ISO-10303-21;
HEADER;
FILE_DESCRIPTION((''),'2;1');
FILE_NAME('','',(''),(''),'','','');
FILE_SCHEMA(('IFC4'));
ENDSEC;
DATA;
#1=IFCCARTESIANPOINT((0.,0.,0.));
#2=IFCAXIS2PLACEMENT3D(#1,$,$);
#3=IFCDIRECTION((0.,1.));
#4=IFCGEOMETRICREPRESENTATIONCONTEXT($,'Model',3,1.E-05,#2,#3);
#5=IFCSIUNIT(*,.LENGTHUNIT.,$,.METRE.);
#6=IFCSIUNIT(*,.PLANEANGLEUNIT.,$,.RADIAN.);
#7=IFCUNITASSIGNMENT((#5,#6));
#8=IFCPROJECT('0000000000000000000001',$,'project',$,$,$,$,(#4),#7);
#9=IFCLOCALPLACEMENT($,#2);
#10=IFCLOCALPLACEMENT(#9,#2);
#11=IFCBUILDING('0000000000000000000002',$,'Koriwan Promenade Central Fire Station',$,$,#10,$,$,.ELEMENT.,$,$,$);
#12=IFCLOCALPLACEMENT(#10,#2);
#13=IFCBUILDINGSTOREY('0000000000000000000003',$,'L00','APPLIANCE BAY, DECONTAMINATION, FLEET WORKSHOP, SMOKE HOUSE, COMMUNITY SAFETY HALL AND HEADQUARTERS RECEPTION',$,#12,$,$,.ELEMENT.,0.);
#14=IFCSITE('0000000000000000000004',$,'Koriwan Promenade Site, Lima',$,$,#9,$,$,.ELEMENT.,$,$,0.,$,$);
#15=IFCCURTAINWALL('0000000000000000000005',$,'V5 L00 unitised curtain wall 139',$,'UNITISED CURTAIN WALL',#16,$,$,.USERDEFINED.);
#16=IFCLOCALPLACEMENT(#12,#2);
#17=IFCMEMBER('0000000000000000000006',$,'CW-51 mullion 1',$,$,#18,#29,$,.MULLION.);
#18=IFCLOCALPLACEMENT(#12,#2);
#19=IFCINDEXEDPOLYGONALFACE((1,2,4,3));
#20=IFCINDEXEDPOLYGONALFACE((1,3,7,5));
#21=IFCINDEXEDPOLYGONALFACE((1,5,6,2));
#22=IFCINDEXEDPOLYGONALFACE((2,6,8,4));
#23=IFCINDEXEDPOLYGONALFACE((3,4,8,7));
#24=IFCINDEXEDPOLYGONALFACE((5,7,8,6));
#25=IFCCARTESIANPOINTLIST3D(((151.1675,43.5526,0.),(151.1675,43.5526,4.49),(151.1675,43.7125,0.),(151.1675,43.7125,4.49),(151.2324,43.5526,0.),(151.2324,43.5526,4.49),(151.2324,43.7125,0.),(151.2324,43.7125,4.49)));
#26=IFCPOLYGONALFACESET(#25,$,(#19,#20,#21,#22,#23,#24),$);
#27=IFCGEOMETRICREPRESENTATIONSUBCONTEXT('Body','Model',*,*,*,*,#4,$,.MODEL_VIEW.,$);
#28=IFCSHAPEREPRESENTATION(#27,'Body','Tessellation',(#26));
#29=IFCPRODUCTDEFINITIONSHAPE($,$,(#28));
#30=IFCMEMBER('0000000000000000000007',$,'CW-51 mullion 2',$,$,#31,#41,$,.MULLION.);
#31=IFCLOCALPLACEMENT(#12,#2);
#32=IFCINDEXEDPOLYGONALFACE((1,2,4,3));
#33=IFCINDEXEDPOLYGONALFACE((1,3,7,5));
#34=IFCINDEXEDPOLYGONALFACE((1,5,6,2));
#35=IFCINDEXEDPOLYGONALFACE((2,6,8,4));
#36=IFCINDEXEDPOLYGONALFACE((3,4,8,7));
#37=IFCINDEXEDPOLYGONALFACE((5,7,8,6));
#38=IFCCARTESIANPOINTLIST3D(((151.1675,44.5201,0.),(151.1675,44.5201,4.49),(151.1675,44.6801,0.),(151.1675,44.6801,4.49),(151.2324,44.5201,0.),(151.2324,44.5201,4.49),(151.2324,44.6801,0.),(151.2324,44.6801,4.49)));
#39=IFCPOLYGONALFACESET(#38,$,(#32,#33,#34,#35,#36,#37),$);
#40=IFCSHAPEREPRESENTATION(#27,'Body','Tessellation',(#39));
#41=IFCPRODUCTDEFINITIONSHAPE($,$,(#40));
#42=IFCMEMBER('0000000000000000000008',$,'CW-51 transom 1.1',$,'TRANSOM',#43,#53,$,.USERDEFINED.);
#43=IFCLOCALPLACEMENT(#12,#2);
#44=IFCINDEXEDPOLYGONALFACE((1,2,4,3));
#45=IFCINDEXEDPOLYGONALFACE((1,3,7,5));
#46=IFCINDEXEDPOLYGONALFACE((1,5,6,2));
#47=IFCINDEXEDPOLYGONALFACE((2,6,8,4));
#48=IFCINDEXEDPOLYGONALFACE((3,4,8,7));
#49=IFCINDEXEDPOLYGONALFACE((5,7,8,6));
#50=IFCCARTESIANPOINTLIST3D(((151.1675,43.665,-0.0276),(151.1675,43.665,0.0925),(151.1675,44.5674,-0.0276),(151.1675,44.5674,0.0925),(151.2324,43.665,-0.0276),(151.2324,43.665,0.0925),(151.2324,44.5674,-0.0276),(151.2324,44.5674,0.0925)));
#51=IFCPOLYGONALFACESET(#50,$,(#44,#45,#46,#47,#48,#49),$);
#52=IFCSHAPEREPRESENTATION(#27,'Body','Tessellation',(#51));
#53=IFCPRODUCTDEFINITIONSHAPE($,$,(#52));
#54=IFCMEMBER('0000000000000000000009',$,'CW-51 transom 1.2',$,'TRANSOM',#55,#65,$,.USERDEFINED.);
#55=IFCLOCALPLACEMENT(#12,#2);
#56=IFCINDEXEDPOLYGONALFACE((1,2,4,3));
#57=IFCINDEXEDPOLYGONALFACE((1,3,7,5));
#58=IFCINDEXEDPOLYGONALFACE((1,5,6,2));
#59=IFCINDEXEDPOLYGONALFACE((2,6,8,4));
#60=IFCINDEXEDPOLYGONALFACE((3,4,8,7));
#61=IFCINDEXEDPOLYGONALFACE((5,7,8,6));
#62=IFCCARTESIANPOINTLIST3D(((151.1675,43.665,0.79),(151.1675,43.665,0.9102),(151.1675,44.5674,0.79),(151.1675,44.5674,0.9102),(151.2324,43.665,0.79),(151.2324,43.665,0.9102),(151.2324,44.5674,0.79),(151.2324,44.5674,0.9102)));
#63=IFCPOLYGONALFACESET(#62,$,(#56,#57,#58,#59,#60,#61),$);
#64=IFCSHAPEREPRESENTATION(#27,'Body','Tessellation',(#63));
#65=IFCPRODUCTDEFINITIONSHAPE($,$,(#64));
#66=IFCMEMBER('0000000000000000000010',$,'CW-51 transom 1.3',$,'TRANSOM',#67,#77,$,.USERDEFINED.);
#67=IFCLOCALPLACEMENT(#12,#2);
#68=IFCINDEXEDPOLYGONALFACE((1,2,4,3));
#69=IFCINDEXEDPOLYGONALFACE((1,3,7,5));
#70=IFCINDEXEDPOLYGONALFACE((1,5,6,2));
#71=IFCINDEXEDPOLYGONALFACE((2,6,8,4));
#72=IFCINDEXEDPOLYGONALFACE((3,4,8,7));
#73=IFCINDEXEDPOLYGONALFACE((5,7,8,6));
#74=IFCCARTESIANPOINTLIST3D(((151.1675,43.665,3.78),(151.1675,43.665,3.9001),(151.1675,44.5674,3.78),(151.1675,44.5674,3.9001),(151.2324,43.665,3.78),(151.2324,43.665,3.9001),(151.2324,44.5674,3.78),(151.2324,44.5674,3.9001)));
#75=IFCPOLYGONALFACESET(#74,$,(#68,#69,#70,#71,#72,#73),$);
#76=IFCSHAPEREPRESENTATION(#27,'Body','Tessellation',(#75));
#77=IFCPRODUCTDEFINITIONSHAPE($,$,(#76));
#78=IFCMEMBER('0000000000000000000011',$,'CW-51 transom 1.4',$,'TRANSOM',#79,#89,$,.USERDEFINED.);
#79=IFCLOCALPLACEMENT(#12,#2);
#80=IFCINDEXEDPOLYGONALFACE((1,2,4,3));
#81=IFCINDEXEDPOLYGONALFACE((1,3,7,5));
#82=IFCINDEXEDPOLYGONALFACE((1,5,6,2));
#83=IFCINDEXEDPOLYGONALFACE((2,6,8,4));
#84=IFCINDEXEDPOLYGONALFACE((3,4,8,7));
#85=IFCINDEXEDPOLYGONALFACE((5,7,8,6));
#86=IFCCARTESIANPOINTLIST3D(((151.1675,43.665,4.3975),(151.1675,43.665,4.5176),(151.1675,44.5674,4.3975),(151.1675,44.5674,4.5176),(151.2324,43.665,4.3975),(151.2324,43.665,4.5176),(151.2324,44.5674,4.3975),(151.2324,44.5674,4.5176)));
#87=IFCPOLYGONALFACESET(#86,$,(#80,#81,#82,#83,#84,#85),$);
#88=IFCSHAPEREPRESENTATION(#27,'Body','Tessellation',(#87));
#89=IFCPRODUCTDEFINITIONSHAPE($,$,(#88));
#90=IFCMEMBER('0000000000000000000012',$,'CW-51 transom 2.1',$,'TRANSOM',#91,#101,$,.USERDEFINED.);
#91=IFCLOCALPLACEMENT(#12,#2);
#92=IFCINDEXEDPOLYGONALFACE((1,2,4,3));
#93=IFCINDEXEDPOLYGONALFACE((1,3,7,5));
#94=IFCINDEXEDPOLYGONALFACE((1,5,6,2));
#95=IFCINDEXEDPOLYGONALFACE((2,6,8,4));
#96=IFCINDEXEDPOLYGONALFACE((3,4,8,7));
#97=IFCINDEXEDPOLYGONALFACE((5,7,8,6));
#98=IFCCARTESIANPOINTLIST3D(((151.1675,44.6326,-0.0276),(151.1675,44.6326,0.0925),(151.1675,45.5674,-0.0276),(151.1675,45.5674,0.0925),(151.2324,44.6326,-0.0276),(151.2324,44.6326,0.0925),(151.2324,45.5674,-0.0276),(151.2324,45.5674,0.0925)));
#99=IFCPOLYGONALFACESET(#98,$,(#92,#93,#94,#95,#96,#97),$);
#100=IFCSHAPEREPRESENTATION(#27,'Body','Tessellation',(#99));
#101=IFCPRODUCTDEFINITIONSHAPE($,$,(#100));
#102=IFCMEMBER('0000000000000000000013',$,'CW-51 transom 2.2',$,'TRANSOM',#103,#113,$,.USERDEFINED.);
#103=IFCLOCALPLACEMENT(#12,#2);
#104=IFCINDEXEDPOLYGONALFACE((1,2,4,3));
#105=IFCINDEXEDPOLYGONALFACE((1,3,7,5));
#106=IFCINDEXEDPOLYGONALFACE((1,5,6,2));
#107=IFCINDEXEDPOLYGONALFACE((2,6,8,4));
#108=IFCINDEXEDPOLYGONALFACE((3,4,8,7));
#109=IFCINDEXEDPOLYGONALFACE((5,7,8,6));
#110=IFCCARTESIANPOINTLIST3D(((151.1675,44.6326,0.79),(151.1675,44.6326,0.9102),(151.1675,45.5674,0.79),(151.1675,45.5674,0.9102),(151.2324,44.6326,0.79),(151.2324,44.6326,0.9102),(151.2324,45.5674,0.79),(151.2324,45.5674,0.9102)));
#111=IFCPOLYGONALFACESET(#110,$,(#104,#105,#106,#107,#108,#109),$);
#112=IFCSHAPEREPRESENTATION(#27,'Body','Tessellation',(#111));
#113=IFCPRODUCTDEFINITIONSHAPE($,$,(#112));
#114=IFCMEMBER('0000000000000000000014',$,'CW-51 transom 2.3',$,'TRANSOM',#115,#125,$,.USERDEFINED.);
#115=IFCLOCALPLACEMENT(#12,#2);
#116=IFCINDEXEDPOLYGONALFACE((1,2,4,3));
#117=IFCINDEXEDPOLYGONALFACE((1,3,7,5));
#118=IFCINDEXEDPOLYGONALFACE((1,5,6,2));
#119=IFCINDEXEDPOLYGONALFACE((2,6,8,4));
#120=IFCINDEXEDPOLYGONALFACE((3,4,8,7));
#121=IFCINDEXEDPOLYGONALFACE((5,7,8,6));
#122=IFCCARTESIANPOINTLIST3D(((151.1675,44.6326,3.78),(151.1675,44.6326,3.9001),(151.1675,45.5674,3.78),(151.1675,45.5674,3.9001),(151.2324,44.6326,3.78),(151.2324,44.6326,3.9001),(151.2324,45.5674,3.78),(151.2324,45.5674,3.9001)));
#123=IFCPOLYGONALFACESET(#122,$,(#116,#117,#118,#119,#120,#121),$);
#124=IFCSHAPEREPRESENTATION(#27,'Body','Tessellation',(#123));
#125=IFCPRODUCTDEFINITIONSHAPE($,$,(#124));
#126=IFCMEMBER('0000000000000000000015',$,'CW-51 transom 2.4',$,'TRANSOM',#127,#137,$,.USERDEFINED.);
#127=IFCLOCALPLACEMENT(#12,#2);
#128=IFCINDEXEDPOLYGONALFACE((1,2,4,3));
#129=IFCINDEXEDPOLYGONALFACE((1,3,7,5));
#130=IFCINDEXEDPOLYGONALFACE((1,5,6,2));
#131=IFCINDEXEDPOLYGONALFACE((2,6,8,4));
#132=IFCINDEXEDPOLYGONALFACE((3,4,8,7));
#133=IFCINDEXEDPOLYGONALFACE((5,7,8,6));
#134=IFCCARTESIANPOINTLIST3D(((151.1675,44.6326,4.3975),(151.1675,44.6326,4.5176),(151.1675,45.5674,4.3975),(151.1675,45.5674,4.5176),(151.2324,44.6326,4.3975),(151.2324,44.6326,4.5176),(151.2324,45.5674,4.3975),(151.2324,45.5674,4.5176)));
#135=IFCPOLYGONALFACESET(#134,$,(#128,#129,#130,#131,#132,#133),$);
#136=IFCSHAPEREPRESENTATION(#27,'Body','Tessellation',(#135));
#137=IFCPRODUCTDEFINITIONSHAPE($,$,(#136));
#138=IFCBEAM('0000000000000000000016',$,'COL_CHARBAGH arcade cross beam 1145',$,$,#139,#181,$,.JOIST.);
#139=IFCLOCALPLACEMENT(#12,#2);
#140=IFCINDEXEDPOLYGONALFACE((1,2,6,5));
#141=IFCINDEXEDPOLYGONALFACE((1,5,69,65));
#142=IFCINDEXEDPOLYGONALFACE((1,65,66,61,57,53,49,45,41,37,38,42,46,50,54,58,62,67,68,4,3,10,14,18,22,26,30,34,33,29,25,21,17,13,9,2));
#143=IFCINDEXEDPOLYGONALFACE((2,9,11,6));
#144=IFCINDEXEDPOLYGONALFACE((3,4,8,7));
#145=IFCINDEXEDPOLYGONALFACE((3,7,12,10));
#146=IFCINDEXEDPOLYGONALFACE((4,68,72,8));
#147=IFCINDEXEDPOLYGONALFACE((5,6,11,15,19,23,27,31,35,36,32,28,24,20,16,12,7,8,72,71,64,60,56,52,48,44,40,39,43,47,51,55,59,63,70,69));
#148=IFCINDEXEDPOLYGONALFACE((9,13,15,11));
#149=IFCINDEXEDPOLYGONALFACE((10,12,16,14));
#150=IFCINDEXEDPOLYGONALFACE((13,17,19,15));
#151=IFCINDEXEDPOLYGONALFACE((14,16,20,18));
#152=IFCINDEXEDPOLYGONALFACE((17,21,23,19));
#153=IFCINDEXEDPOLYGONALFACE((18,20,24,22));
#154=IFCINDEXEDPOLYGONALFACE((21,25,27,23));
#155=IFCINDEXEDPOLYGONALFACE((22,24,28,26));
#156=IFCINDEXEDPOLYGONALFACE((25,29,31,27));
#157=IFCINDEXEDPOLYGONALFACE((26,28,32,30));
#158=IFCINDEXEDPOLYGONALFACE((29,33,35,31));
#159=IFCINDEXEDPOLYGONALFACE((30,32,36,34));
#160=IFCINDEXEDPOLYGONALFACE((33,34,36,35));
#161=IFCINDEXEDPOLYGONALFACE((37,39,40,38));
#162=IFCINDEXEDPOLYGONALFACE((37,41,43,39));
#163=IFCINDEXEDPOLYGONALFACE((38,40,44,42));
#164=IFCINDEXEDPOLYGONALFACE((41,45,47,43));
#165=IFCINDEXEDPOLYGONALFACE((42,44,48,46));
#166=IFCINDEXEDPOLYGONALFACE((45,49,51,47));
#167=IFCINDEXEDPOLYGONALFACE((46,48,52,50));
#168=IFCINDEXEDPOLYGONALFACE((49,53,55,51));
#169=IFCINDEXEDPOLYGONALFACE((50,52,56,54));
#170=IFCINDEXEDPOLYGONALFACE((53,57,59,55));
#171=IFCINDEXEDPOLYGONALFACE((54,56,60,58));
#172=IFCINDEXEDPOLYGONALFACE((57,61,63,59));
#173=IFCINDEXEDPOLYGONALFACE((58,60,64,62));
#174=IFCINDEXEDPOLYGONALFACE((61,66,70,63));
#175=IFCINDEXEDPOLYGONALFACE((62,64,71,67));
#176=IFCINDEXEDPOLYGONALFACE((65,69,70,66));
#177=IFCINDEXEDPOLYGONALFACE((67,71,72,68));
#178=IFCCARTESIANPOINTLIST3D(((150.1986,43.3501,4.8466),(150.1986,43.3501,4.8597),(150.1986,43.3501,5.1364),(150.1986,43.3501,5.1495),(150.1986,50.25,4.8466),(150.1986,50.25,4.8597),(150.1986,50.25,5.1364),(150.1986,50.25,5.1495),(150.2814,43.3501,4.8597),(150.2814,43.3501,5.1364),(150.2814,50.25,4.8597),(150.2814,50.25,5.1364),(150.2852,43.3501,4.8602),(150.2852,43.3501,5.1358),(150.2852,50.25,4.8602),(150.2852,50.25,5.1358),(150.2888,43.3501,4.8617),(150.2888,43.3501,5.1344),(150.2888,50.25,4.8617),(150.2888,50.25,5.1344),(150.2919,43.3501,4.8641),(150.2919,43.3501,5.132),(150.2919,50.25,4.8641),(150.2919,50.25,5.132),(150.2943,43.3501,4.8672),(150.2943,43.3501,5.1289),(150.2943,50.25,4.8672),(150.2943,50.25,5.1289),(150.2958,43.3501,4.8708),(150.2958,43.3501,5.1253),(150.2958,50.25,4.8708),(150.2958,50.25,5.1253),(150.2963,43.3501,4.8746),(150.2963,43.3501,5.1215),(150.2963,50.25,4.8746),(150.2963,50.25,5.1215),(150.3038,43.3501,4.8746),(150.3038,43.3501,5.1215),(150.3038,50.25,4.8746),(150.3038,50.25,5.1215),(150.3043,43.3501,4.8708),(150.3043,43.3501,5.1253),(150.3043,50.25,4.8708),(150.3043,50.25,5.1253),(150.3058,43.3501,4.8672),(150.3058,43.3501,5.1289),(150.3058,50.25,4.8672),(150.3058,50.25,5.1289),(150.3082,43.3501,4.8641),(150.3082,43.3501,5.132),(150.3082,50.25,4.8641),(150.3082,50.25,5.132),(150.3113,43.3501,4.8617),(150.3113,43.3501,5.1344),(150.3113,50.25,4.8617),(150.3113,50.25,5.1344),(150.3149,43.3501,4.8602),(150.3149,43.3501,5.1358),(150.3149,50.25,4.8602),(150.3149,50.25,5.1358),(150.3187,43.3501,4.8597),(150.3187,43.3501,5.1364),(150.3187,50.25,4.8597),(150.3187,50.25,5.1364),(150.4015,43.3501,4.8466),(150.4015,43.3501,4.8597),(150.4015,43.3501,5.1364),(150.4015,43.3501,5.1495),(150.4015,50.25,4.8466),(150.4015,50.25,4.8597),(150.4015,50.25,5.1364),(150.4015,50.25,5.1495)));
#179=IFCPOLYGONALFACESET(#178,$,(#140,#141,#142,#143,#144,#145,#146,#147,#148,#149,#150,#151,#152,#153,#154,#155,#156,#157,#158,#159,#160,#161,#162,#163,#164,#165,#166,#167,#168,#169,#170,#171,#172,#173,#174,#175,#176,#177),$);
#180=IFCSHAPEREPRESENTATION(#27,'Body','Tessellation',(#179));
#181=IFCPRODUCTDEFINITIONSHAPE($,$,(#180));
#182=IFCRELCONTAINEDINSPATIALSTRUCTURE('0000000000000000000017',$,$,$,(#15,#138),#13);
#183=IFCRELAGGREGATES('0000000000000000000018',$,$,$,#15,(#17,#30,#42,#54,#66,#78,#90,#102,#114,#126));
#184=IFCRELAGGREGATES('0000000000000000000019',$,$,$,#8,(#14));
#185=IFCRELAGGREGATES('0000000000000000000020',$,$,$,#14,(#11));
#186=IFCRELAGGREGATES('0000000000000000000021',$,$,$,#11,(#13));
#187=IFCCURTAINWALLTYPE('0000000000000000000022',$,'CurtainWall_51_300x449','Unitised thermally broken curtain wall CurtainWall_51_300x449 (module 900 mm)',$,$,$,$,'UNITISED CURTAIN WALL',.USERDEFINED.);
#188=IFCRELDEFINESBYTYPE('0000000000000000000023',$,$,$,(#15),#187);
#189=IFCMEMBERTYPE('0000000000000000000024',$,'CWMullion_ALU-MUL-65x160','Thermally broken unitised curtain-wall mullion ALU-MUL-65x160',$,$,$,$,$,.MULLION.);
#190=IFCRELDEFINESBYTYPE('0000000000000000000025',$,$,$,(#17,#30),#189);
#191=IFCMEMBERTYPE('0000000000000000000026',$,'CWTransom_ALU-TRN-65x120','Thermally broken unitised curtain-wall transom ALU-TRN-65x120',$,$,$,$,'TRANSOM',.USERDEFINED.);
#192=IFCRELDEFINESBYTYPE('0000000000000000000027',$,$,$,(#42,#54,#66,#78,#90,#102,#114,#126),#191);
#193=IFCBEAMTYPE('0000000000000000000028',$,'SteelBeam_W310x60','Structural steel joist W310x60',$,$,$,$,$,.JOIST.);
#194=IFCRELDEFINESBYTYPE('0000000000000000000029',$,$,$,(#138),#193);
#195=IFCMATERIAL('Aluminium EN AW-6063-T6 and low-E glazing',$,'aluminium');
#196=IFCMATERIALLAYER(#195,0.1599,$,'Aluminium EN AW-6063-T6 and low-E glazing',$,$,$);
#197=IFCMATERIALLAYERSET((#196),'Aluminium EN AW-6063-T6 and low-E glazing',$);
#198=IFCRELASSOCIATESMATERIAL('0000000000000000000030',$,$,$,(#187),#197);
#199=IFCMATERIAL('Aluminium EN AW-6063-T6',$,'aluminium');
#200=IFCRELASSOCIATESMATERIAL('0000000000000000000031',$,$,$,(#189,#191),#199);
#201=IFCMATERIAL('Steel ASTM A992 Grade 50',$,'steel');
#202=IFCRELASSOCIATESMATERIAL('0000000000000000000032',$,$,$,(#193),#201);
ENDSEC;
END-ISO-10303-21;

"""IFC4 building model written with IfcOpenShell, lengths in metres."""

from ifc_helpers import new_model, si_unit, direction, frame, origin, origin_2d, place, context, subcontext, project, spatial, rectangle, i_section, extrude, material, layer, layer_set, material_profile, profile_set, type_object, element, aggregate, save


model = new_model("IFC4")

# Units and contexts
model_context = context("Model", 3, precision=1e-05, world=origin(), true_north=direction((0.0, 1.0)))
body_context = subcontext(model_context, "Body", "Model", "MODEL_VIEW")
ifc_project = project(units=[si_unit("LENGTHUNIT", "METRE"), si_unit("PLANEANGLEUNIT", "RADIAN")], contexts=[model_context])

# Site, building, storey
site_placement = place(None, origin())
site = spatial("IfcSite", under=ifc_project, at=site_placement, Name="Koriwan Promenade Site, Lima", CompositionType="ELEMENT", RefElevation=0.0)
building_placement = place(site_placement, origin())
building = spatial("IfcBuilding", under=site, at=building_placement, Name="Koriwan Promenade Central Fire Station", CompositionType="ELEMENT")
storey_placement = place(building_placement, origin())
storey = spatial("IfcBuildingStorey", under=building, at=storey_placement, Name="L00", Description="APPLIANCE BAY, DECONTAMINATION, FLEET WORKSHOP, SMOKE HOUSE, COMMUNITY SAFETY HALL AND HEADQUARTERS RECEPTION", CompositionType="ELEMENT", Elevation=0.0)

# Curtain wall, members
ifc_material_1 = material(Name="Aluminium EN AW-6063-T6 and low-E glazing", Category="aluminium")
ifc_layer_1 = layer(ifc_material_1, 0.1599, Name="Aluminium EN AW-6063-T6 and low-E glazing")
ifc_layer_set_1 = layer_set([ifc_layer_1], Name="Aluminium EN AW-6063-T6 and low-E glazing")
curtain_wall_type = type_object("IfcCurtainWallType", Name="CurtainWall_51_300x449", Description="Unitised thermally broken curtain wall CurtainWall_51_300x449 (module 900 mm)", ElementType="UNITISED CURTAIN WALL", PredefinedType="USERDEFINED", material=ifc_layer_set_1)
curtain_wall_placement = place(storey_placement, origin())
curtain_wall = element("IfcCurtainWall", 1, at=curtain_wall_placement, inside=storey, type_object=curtain_wall_type, Name="V5 L00 unitised curtain wall 139", ObjectType="UNITISED CURTAIN WALL", PredefinedType="USERDEFINED")
ifc_material_2 = material(Name="Aluminium EN AW-6063-T6", Category="aluminium")
ifc_material_profile_1 = material_profile(ifc_material_2, rectangle(XDim=0.0649, YDim=0.1599, at=origin_2d()), Name="ALU-MUL-65x160")
ifc_profile_set_1 = profile_set([ifc_material_profile_1], Name="Aluminium EN AW-6063-T6")
member_type_1 = type_object("IfcMemberType", Name="CWMullion_ALU-MUL-65x160", Description="Thermally broken unitised curtain-wall mullion ALU-MUL-65x160", PredefinedType="MULLION", material=ifc_profile_set_1)
member_1_placement = place(storey_placement, frame((151.2, 43.6326, 0.0), z_axis=(0.0, 0.0, 1.0), x_axis=(-1.0, 0.0, 0.0)))
member_1 = element("IfcMember", 2, at=member_1_placement, type_object=member_type_1, Name="CW-51 mullion 1", PredefinedType="MULLION", context=body_context, shape_type="SweptSolid", body=[
    extrude(rectangle(XDim=0.0649, YDim=0.1599, at=origin_2d()), origin(), (0.0, 0.0, 1.0), 4.49),
])
member_2_placement = place(storey_placement, frame((151.2, 44.6001, 0.0), z_axis=(0.0, 0.0, 1.0), x_axis=(-1.0, 0.0, 0.0)))
member_2 = element("IfcMember", 3, at=member_2_placement, type_object=member_type_1, Name="CW-51 mullion 2", PredefinedType="MULLION", context=body_context, shape_type="SweptSolid", body=[
    extrude(rectangle(XDim=0.0649, YDim=0.1599, at=origin_2d()), origin(), (0.0, 0.0, 1.0), 4.49),
])
ifc_material_profile_2 = material_profile(ifc_material_2, rectangle(XDim=0.0649, YDim=0.1201, at=origin_2d()), Name="ALU-TRN-65x120")
ifc_profile_set_2 = profile_set([ifc_material_profile_2], Name="Aluminium EN AW-6063-T6")
member_type_2 = type_object("IfcMemberType", Name="CWTransom_ALU-TRN-65x120", Description="Thermally broken unitised curtain-wall transom ALU-TRN-65x120", ElementType="TRANSOM", PredefinedType="USERDEFINED", material=ifc_profile_set_2)
member_3_placement = place(storey_placement, frame((151.2, 43.665, 0.0325), z_axis=(0.0, 1.0, 0.0), x_axis=(-1.0, 0.0, 0.0)))
member_3 = element("IfcMember", 4, at=member_3_placement, type_object=member_type_2, Name="CW-51 transom 1.1", ObjectType="TRANSOM", PredefinedType="USERDEFINED", context=body_context, shape_type="SweptSolid", body=[
    extrude(rectangle(XDim=0.0649, YDim=0.1201, at=origin_2d()), origin(), (0.0, 0.0, 1.0), 0.9023),
])
member_4_placement = place(storey_placement, frame((151.2, 43.665, 0.8501), z_axis=(0.0, 1.0, 0.0), x_axis=(-1.0, 0.0, 0.0)))
member_4 = element("IfcMember", 5, at=member_4_placement, type_object=member_type_2, Name="CW-51 transom 1.2", ObjectType="TRANSOM", PredefinedType="USERDEFINED", context=body_context, shape_type="SweptSolid", body=[
    extrude(rectangle(XDim=0.0649, YDim=0.1201, at=origin_2d()), origin(), (0.0, 0.0, 1.0), 0.9023),
])
member_5_placement = place(storey_placement, frame((151.2, 43.665, 3.8401), z_axis=(0.0, 1.0, 0.0), x_axis=(-1.0, 0.0, 0.0)))
member_5 = element("IfcMember", 6, at=member_5_placement, type_object=member_type_2, Name="CW-51 transom 1.3", ObjectType="TRANSOM", PredefinedType="USERDEFINED", context=body_context, shape_type="SweptSolid", body=[
    extrude(rectangle(XDim=0.0649, YDim=0.1201, at=origin_2d()), origin(), (0.0, 0.0, 1.0), 0.9023),
])
member_6_placement = place(storey_placement, frame((151.2, 43.665, 4.4575), z_axis=(0.0, 1.0, 0.0), x_axis=(-1.0, 0.0, 0.0)))
member_6 = element("IfcMember", 7, at=member_6_placement, type_object=member_type_2, Name="CW-51 transom 1.4", ObjectType="TRANSOM", PredefinedType="USERDEFINED", context=body_context, shape_type="SweptSolid", body=[
    extrude(rectangle(XDim=0.0649, YDim=0.1201, at=origin_2d()), origin(), (0.0, 0.0, 1.0), 0.9023),
])
member_7_placement = place(storey_placement, frame((151.2, 44.6326, 0.0325), z_axis=(0.0, 1.0, 0.0), x_axis=(-1.0, 0.0, 0.0)))
member_7 = element("IfcMember", 8, at=member_7_placement, type_object=member_type_2, Name="CW-51 transom 2.1", ObjectType="TRANSOM", PredefinedType="USERDEFINED", context=body_context, shape_type="SweptSolid", body=[
    extrude(rectangle(XDim=0.0649, YDim=0.1201, at=origin_2d()), origin(), (0.0, 0.0, 1.0), 0.9348),
])
member_8_placement = place(storey_placement, frame((151.2, 44.6326, 0.8501), z_axis=(0.0, 1.0, 0.0), x_axis=(-1.0, 0.0, 0.0)))
member_8 = element("IfcMember", 9, at=member_8_placement, type_object=member_type_2, Name="CW-51 transom 2.2", ObjectType="TRANSOM", PredefinedType="USERDEFINED", context=body_context, shape_type="SweptSolid", body=[
    extrude(rectangle(XDim=0.0649, YDim=0.1201, at=origin_2d()), origin(), (0.0, 0.0, 1.0), 0.9348),
])
member_9_placement = place(storey_placement, frame((151.2, 44.6326, 3.8401), z_axis=(0.0, 1.0, 0.0), x_axis=(-1.0, 0.0, 0.0)))
member_9 = element("IfcMember", 10, at=member_9_placement, type_object=member_type_2, Name="CW-51 transom 2.3", ObjectType="TRANSOM", PredefinedType="USERDEFINED", context=body_context, shape_type="SweptSolid", body=[
    extrude(rectangle(XDim=0.0649, YDim=0.1201, at=origin_2d()), origin(), (0.0, 0.0, 1.0), 0.9348),
])
member_10_placement = place(storey_placement, frame((151.2, 44.6326, 4.4575), z_axis=(0.0, 1.0, 0.0), x_axis=(-1.0, 0.0, 0.0)))
member_10 = element("IfcMember", 11, at=member_10_placement, type_object=member_type_2, Name="CW-51 transom 2.4", ObjectType="TRANSOM", PredefinedType="USERDEFINED", context=body_context, shape_type="SweptSolid", body=[
    extrude(rectangle(XDim=0.0649, YDim=0.1201, at=origin_2d()), origin(), (0.0, 0.0, 1.0), 0.9348),
])

# Beam
ifc_material_3 = material(Name="Steel ASTM A992 Grade 50", Category="steel")
ifc_material_profile_3 = material_profile(ifc_material_3, i_section(OverallWidth=0.2029, OverallDepth=0.303, WebThickness=0.0076, FlangeThickness=0.0132, FilletRadius=0.0149, at=origin_2d()), Name="W310x60")
ifc_profile_set_3 = profile_set([ifc_material_profile_3], Name="Steel ASTM A992 Grade 50")
beam_type_1 = type_object("IfcBeamType", Name="SteelBeam_W310x60", Description="Structural steel joist W310x60", PredefinedType="JOIST", material=ifc_profile_set_3)
beam_1_placement = place(storey_placement, frame((150.3, 43.3501, 4.998), z_axis=(0.0, 1.0, 0.0), x_axis=(-1.0, 0.0, 0.0)))
element("IfcBeam", 12, at=beam_1_placement, inside=storey, type_object=beam_type_1, Name="COL_CHARBAGH arcade cross beam 1145", PredefinedType="JOIST", context=body_context, shape_type="SweptSolid", body=[
    extrude(i_section(OverallWidth=0.2029, OverallDepth=0.303, WebThickness=0.0076, FlangeThickness=0.0132, FilletRadius=0.0149, at=origin_2d()), origin(), (0.0, 0.0, 1.0), 6.8999),
])

aggregate(curtain_wall, [member_1, member_2, member_3, member_4, member_5, member_6, member_7, member_8, member_9, member_10])

save(model, "model.ifc")
